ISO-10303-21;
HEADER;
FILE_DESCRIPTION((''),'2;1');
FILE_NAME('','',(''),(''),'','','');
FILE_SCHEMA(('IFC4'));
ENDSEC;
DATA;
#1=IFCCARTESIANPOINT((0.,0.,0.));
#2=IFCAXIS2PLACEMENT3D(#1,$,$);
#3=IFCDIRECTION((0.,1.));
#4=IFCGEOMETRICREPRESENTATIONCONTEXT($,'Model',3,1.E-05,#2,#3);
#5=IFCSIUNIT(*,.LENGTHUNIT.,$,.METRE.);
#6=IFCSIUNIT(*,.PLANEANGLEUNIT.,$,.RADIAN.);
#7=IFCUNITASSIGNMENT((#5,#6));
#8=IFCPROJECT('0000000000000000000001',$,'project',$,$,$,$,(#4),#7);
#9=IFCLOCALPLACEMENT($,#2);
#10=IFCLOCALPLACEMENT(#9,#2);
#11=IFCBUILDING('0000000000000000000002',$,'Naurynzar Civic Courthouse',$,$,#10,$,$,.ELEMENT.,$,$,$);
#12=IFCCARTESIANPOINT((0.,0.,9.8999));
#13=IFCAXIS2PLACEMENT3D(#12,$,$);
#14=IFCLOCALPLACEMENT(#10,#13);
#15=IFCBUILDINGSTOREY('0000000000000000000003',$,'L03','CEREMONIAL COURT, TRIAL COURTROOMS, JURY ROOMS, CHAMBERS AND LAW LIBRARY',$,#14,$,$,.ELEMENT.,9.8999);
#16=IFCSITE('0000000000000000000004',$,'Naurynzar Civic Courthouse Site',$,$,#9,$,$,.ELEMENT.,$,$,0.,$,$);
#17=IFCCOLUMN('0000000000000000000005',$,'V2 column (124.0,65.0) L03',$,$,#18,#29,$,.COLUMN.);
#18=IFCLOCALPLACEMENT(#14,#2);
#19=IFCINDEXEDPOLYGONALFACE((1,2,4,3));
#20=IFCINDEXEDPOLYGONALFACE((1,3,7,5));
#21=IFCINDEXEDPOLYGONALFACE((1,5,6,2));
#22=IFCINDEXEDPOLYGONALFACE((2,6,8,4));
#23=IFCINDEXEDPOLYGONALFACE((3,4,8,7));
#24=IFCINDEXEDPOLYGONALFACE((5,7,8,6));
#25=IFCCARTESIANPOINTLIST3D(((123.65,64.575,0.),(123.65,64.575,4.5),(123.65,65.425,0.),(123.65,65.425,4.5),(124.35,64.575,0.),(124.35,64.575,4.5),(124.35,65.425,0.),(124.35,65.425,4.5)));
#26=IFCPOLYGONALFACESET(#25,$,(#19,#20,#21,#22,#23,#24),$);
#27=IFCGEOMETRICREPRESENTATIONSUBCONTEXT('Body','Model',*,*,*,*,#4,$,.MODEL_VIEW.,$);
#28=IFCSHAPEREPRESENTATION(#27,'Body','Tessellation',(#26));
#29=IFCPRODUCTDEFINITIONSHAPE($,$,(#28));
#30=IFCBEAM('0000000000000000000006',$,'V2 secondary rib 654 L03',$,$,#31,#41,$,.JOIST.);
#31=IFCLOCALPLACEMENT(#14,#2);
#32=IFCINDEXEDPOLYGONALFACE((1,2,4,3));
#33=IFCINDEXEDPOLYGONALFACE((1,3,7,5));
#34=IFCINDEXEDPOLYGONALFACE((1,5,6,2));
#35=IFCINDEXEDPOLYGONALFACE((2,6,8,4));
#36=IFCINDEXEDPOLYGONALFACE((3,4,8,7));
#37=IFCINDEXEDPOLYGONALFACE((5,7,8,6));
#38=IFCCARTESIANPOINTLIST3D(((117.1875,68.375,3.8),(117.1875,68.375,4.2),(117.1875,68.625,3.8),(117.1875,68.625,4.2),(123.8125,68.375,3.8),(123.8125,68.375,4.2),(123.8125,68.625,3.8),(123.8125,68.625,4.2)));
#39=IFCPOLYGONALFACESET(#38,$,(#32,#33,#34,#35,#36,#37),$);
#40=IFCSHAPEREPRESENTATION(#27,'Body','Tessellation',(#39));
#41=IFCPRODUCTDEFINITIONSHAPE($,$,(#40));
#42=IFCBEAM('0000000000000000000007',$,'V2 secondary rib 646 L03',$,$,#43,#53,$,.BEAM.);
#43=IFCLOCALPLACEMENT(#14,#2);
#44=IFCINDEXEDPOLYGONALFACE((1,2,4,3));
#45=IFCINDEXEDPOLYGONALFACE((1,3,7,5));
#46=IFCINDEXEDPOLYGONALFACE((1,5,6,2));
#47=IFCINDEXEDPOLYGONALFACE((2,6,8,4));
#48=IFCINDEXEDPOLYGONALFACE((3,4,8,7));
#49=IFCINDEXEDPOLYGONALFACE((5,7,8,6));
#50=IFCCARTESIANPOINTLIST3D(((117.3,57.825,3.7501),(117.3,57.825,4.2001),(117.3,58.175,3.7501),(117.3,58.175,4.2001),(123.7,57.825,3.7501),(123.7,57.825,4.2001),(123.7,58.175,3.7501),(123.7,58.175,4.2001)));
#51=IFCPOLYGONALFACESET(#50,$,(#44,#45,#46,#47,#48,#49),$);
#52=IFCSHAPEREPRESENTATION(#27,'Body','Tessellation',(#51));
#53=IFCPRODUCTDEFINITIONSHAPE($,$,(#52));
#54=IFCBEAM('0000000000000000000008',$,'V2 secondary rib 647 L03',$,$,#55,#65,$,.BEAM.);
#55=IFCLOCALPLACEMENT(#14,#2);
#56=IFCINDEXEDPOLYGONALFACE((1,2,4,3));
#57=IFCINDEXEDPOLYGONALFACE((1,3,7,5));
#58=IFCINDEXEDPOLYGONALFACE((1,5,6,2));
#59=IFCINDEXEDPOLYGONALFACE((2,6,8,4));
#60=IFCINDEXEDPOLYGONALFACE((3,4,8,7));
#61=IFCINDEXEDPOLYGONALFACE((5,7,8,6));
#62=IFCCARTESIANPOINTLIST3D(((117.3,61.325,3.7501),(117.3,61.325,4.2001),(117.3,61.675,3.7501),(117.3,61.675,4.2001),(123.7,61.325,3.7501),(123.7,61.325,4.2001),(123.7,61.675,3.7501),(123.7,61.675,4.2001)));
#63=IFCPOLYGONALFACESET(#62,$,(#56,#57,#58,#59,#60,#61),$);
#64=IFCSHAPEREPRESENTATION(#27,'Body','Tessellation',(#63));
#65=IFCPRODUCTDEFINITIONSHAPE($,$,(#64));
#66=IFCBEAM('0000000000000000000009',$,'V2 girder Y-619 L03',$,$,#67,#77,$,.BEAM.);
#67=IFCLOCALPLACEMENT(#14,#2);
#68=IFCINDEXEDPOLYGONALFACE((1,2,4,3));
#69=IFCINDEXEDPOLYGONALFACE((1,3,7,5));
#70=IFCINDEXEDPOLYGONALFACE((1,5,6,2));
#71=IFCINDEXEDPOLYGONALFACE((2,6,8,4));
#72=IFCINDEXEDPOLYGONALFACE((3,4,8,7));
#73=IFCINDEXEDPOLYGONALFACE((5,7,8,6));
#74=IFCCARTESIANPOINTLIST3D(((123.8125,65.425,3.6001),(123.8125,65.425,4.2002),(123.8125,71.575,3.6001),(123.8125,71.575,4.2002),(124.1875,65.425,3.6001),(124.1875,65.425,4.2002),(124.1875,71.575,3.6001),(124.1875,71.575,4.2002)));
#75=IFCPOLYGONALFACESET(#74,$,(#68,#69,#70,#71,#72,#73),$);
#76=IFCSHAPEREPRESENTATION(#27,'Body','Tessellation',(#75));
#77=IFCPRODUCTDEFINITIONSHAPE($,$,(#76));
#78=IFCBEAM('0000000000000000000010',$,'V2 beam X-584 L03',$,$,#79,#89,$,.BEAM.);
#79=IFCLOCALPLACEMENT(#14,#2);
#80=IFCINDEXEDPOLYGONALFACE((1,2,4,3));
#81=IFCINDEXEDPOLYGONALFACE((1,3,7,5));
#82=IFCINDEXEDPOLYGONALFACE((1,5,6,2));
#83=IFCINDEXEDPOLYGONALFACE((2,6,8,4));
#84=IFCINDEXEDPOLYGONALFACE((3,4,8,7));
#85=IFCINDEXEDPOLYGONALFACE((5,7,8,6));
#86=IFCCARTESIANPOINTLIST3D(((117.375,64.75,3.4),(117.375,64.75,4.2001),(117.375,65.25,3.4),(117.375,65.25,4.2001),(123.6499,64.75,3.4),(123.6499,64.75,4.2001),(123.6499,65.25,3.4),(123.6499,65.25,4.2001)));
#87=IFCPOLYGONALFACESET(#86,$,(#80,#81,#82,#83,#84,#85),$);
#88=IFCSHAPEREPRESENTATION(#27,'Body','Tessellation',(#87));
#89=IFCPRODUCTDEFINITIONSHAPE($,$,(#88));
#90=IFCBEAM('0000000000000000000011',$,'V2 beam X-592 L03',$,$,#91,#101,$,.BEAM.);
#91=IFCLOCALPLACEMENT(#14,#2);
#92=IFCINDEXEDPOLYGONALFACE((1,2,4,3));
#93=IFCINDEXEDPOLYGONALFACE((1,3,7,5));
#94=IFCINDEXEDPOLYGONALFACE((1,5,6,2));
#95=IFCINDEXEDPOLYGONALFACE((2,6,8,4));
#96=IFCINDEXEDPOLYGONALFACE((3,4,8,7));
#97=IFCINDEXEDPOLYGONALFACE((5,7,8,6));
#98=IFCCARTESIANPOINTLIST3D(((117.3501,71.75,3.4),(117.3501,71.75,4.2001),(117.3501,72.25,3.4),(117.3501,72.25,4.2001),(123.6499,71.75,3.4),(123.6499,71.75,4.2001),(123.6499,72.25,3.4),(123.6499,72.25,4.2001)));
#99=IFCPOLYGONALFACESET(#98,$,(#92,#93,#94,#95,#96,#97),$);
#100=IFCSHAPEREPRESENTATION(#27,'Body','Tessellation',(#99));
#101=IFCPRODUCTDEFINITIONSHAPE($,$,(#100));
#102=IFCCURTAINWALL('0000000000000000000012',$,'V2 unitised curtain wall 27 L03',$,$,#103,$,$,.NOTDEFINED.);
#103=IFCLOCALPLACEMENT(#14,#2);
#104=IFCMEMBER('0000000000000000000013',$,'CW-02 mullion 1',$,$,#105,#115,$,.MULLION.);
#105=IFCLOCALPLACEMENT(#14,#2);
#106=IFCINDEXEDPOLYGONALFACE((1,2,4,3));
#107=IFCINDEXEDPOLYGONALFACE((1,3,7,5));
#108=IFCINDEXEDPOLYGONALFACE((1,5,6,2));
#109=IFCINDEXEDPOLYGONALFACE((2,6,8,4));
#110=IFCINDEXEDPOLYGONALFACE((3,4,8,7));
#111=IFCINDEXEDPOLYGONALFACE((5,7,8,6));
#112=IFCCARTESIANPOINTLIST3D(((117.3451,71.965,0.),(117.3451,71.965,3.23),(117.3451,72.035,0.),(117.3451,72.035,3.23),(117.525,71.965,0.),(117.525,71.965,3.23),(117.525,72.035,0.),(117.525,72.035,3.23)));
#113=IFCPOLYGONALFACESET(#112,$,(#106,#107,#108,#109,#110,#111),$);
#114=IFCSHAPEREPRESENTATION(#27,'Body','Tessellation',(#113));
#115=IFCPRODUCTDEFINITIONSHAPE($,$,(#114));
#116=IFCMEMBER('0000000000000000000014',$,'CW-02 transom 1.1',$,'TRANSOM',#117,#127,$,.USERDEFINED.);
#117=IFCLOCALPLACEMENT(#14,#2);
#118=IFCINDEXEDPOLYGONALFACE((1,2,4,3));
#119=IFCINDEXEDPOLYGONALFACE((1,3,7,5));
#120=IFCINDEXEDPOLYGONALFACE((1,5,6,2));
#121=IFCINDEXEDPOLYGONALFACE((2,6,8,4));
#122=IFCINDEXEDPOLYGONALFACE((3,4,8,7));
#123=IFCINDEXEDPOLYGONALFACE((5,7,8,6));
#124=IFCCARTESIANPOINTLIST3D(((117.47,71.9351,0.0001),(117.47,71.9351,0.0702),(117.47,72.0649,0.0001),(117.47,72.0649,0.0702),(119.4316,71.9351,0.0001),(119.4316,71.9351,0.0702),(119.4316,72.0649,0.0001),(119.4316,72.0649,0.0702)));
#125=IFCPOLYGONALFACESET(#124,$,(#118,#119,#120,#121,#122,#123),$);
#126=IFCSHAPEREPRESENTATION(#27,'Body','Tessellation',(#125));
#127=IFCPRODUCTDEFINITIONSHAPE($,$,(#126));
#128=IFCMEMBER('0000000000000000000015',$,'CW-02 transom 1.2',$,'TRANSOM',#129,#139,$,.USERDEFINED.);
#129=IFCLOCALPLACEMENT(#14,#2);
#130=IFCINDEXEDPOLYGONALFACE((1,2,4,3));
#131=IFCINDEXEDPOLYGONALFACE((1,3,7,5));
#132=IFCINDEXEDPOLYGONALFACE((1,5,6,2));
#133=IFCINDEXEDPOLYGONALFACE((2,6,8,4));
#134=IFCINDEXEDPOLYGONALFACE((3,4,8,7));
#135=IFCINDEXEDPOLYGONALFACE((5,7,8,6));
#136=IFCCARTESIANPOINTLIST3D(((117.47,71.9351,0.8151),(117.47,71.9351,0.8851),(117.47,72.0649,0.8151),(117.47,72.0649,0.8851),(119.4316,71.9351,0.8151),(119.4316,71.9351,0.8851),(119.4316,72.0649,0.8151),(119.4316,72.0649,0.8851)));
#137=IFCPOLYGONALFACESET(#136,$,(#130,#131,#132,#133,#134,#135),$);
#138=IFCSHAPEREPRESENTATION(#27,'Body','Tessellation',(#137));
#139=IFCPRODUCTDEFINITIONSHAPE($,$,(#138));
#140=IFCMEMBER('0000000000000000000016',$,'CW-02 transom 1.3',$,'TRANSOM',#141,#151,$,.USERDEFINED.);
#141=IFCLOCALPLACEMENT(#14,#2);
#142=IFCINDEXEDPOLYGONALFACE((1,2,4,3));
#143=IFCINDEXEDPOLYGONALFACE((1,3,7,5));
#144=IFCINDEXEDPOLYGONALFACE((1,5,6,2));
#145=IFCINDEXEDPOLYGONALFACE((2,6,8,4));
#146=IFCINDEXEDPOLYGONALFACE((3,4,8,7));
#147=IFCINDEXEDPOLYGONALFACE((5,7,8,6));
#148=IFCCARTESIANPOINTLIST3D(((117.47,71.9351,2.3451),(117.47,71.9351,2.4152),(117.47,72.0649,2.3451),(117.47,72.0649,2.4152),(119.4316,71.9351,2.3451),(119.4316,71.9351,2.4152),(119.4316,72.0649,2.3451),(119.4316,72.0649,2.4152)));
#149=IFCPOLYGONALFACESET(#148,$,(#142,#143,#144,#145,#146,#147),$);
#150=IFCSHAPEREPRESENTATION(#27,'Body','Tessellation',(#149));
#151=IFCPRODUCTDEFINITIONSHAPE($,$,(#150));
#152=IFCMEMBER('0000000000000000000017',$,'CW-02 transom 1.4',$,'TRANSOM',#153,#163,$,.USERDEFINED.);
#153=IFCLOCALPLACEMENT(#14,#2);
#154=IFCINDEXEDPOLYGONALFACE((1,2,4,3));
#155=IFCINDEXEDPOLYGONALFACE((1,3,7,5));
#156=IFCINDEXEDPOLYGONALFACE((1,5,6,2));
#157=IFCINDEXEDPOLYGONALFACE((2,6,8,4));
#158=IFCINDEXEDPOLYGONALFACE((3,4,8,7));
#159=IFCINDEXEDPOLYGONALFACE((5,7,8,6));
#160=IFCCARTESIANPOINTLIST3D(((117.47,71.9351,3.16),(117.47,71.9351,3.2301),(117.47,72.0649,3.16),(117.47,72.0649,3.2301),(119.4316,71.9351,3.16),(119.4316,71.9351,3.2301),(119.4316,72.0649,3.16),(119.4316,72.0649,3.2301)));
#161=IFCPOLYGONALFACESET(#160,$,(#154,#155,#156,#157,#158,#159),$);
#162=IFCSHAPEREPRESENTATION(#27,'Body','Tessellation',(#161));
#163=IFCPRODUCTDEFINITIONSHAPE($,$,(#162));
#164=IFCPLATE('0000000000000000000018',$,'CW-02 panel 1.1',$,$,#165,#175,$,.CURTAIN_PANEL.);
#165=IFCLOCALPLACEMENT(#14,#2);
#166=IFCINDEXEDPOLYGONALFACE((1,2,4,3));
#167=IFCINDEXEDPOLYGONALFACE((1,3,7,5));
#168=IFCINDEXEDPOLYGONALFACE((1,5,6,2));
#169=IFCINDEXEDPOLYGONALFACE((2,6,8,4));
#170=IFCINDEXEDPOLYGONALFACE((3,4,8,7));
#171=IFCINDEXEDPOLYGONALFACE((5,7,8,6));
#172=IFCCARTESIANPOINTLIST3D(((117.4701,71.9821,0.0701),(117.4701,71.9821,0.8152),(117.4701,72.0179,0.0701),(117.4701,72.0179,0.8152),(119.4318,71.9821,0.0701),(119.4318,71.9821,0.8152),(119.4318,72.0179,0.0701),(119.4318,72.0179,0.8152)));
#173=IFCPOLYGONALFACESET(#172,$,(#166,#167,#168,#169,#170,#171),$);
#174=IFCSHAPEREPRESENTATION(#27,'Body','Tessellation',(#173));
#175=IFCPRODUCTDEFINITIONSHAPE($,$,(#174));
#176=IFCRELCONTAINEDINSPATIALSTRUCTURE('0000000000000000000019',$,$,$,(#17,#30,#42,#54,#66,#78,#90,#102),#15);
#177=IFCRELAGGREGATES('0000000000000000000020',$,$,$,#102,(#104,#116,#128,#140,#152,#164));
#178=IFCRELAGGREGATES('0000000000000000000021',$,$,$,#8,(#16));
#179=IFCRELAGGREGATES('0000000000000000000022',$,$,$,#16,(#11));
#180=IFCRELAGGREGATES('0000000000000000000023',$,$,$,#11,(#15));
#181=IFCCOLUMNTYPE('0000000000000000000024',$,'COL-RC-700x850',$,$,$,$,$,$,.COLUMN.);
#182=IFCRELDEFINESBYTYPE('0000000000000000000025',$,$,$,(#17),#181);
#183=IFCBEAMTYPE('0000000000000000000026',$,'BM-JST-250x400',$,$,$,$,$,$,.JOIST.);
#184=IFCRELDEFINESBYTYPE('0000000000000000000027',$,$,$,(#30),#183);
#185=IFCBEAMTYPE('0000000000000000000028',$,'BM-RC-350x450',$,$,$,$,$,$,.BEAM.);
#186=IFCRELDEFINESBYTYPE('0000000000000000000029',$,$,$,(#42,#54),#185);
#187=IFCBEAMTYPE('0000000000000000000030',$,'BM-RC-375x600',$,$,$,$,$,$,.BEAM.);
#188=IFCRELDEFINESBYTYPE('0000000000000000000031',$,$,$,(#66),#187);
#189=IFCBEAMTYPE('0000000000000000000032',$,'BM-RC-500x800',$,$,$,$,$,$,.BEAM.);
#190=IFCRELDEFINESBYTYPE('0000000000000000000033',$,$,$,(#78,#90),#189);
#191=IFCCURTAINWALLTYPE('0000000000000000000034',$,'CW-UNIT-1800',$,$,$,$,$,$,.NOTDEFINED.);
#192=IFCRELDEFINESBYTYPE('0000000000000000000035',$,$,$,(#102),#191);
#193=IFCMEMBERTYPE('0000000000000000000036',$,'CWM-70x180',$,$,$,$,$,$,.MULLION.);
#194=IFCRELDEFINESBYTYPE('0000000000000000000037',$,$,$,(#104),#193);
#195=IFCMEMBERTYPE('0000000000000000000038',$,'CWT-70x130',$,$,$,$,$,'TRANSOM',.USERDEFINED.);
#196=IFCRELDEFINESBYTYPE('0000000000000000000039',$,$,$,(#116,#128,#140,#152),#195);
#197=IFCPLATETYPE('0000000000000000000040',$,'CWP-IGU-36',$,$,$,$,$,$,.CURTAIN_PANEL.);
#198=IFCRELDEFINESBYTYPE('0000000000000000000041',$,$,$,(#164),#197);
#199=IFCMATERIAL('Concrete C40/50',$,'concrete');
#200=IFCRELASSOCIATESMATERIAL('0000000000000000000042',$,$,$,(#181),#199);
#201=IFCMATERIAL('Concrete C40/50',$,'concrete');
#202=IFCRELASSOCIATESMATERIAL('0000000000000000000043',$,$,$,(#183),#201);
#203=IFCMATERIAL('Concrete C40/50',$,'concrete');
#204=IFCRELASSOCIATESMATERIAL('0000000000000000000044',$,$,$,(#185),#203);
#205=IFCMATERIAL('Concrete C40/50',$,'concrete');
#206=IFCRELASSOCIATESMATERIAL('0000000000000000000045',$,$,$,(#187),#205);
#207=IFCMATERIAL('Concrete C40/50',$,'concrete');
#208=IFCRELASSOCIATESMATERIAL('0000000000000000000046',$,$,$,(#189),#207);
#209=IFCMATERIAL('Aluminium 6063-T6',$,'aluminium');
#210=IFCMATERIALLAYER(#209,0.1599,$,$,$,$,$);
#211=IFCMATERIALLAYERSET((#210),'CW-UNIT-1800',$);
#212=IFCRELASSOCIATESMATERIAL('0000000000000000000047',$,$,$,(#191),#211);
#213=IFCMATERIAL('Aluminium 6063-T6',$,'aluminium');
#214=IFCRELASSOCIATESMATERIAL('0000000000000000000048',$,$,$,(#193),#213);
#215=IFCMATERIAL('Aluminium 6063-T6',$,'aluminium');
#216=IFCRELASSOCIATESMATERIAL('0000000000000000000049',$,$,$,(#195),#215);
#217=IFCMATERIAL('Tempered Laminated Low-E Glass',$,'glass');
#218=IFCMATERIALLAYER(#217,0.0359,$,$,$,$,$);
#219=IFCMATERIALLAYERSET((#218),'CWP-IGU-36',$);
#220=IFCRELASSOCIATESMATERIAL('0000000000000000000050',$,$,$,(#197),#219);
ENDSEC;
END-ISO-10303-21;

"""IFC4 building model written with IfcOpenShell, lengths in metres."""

from ifc_helpers import new_model, si_unit, direction, frame, origin, origin_2d, place, context, subcontext, project, spatial, rectangle, extrude, material, layer, layer_set, material_profile, profile_set, type_object, element, aggregate, save


model = new_model("IFC4")

# Units and contexts
model_context = context("Model", 3, precision=1e-05, world=origin(), true_north=direction((0.0, 1.0)))
body_context = subcontext(model_context, "Body", "Model", "MODEL_VIEW")
ifc_project = project(units=[si_unit("LENGTHUNIT", "METRE"), si_unit("PLANEANGLEUNIT", "RADIAN")], contexts=[model_context])

# Site, building, storey
site_placement = place(None, origin())
site = spatial("IfcSite", under=ifc_project, at=site_placement, Name="Naurynzar Civic Courthouse Site", CompositionType="ELEMENT", RefElevation=0.0)
building_placement = place(site_placement, origin())
building = spatial("IfcBuilding", under=site, at=building_placement, Name="Naurynzar Civic Courthouse", CompositionType="ELEMENT")
storey_placement = place(building_placement, frame((0.0, 0.0, 9.8999)))
storey = spatial("IfcBuildingStorey", under=building, at=storey_placement, Name="L03", Description="CEREMONIAL COURT, TRIAL COURTROOMS, JURY ROOMS, CHAMBERS AND LAW LIBRARY", CompositionType="ELEMENT", Elevation=9.8999)

# Column
ifc_material_1 = material(Name="Concrete C40/50", Category="concrete")
ifc_material_profile_1 = material_profile(ifc_material_1, rectangle(XDim=0.7, YDim=0.8501, at=origin_2d()), Name="RC 700x850")
ifc_profile_set_1 = profile_set([ifc_material_profile_1], Name="Concrete C40/50")
column_type = type_object("IfcColumnType", Name="COL-RC-700x850", PredefinedType="COLUMN", material=ifc_profile_set_1)
column_placement = place(storey_placement, frame((124.0, 65.0, 0.0), z_axis=(0.0, 0.0, 1.0), x_axis=(1.0, 0.0, 0.0)))
element("IfcColumn", 1, at=column_placement, inside=storey, type_object=column_type, Name="V2 column (124.0,65.0) L03", PredefinedType="COLUMN", context=body_context, shape_type="SweptSolid", body=[
    extrude(rectangle(XDim=0.7, YDim=0.8501, at=origin_2d()), origin(), (0.0, 0.0, 1.0), 4.5),
])

# Beams
ifc_material_2 = material(Name="Concrete C40/50", Category="concrete")
ifc_material_profile_2 = material_profile(ifc_material_2, rectangle(XDim=0.25, YDim=0.3999, at=origin_2d()), Name="RCB 250x400")
ifc_profile_set_2 = profile_set([ifc_material_profile_2], Name="Concrete C40/50")
beam_type_1 = type_object("IfcBeamType", Name="BM-JST-250x400", PredefinedType="JOIST", material=ifc_profile_set_2)
beam_1_placement = place(storey_placement, frame((117.1875, 68.5, 4.0), z_axis=(1.0, 0.0, 0.0), x_axis=(0.0, 1.0, 0.0)))
element("IfcBeam", 2, at=beam_1_placement, inside=storey, type_object=beam_type_1, Name="V2 secondary rib 654 L03", PredefinedType="JOIST", context=body_context, shape_type="SweptSolid", body=[
    extrude(rectangle(XDim=0.25, YDim=0.3999, at=origin_2d()), origin(), (0.0, 0.0, 1.0), 6.625),
])
ifc_material_3 = material(Name="Concrete C40/50", Category="concrete")
ifc_material_profile_3 = material_profile(ifc_material_3, rectangle(XDim=0.3501, YDim=0.45, at=origin_2d()), Name="RCB 350x450")
ifc_profile_set_3 = profile_set([ifc_material_profile_3], Name="Concrete C40/50")
beam_type_2 = type_object("IfcBeamType", Name="BM-RC-350x450", PredefinedType="BEAM", material=ifc_profile_set_3)
for number, where, z_axis, x_axis, name in (
    (3, (117.3, 58.0, 3.9751), (1.0, 0.0, 0.0), (0.0, 1.0, 0.0), "V2 secondary rib 646 L03"),
    (4, (117.3, 61.5, 3.9751), (1.0, 0.0, 0.0), (0.0, 1.0, 0.0), "V2 secondary rib 647 L03"),
):
    element("IfcBeam", number, at=place(storey_placement, frame(where, z_axis=z_axis, x_axis=x_axis)), inside=storey, type_object=beam_type_2, Name=name, PredefinedType="BEAM", context=body_context, shape_type="SweptSolid", body=[
        extrude(rectangle(XDim=0.3501, YDim=0.45, at=origin_2d()), origin(), (0.0, 0.0, 1.0), 6.3999),
    ])
ifc_material_4 = material(Name="Concrete C40/50", Category="concrete")
ifc_material_profile_4 = material_profile(ifc_material_4, rectangle(XDim=0.375, YDim=0.6001, at=origin_2d()), Name="RCB 375x600")
ifc_profile_set_4 = profile_set([ifc_material_profile_4], Name="Concrete C40/50")
beam_type_3 = type_object("IfcBeamType", Name="BM-RC-375x600", PredefinedType="BEAM", material=ifc_profile_set_4)
beam_2_placement = place(storey_placement, frame((124.0, 65.425, 3.9001), z_axis=(0.0, 1.0, 0.0), x_axis=(-1.0, 0.0, 0.0)))
element("IfcBeam", 5, at=beam_2_placement, inside=storey, type_object=beam_type_3, Name="V2 girder Y-619 L03", PredefinedType="BEAM", context=body_context, shape_type="SweptSolid", body=[
    extrude(rectangle(XDim=0.375, YDim=0.6001, at=origin_2d()), origin(), (0.0, 0.0, 1.0), 6.1499),
])
ifc_material_5 = material(Name="Concrete C40/50", Category="concrete")
ifc_material_profile_5 = material_profile(ifc_material_5, rectangle(XDim=0.5, YDim=0.8, at=origin_2d()), Name="RCB 500x800")
ifc_profile_set_5 = profile_set([ifc_material_profile_5], Name="Concrete C40/50")
beam_type_4 = type_object("IfcBeamType", Name="BM-RC-500x800", PredefinedType="BEAM", material=ifc_profile_set_5)
beam_3_placement = place(storey_placement, frame((117.375, 65.0, 3.8), z_axis=(1.0, 0.0, 0.0), x_axis=(0.0, 1.0, 0.0)))
element("IfcBeam", 6, at=beam_3_placement, inside=storey, type_object=beam_type_4, Name="V2 beam X-584 L03", PredefinedType="BEAM", context=body_context, shape_type="SweptSolid", body=[
    extrude(rectangle(XDim=0.5, YDim=0.8, at=origin_2d()), origin(), (0.0, 0.0, 1.0), 6.2749),
])
beam_4_placement = place(storey_placement, frame((117.3501, 72.0, 3.8), z_axis=(1.0, 0.0, 0.0), x_axis=(0.0, 1.0, 0.0)))
element("IfcBeam", 7, at=beam_4_placement, inside=storey, type_object=beam_type_4, Name="V2 beam X-592 L03", PredefinedType="BEAM", context=body_context, shape_type="SweptSolid", body=[
    extrude(rectangle(XDim=0.5, YDim=0.8, at=origin_2d()), origin(), (0.0, 0.0, 1.0), 6.2998),
])

# Curtain wall, members, plate
ifc_material_6 = material(Name="Aluminium 6063-T6", Category="aluminium")
ifc_layer_1 = layer(ifc_material_6, 0.1599)
ifc_layer_set_1 = layer_set([ifc_layer_1], Name="CW-UNIT-1800")
curtain_wall_type = type_object("IfcCurtainWallType", Name="CW-UNIT-1800", PredefinedType="NOTDEFINED", material=ifc_layer_set_1)
curtain_wall_placement = place(storey_placement, origin())
curtain_wall = element("IfcCurtainWall", 8, at=curtain_wall_placement, inside=storey, type_object=curtain_wall_type, Name="V2 unitised curtain wall 27 L03", PredefinedType="NOTDEFINED")
ifc_material_7 = material(Name="Aluminium 6063-T6", Category="aluminium")
ifc_material_profile_6 = material_profile(ifc_material_7, rectangle(XDim=0.0701, YDim=0.1799, at=origin_2d()), Name="ALU MULLION 70x180")
ifc_profile_set_6 = profile_set([ifc_material_profile_6], Name="Aluminium 6063-T6")
member_type_1 = type_object("IfcMemberType", Name="CWM-70x180", PredefinedType="MULLION", material=ifc_profile_set_6)
member_1_placement = place(storey_placement, frame((117.4351, 72.0, 0.0), z_axis=(0.0, 0.0, 1.0), x_axis=(0.0, 1.0, 0.0)))
member_1 = element("IfcMember", 9, at=member_1_placement, type_object=member_type_1, Name="CW-02 mullion 1", PredefinedType="MULLION", context=body_context, shape_type="SweptSolid", body=[
    extrude(rectangle(XDim=0.0701, YDim=0.1799, at=origin_2d()), origin(), (0.0, 0.0, 1.0), 3.23),
])
ifc_material_8 = material(Name="Aluminium 6063-T6", Category="aluminium")
ifc_material_profile_7 = material_profile(ifc_material_8, rectangle(XDim=0.1299, YDim=0.0701, at=origin_2d()), Name="ALU TRANSOM 70x130")
ifc_profile_set_7 = profile_set([ifc_material_profile_7], Name="Aluminium 6063-T6")
member_type_2 = type_object("IfcMemberType", Name="CWT-70x130", ElementType="TRANSOM", PredefinedType="USERDEFINED", material=ifc_profile_set_7)
member_2_placement = place(storey_placement, frame((117.47, 72.0, 0.0352), z_axis=(1.0, 0.0, 0.0), x_axis=(0.0, 1.0, 0.0)))
member_2 = element("IfcMember", 10, at=member_2_placement, type_object=member_type_2, Name="CW-02 transom 1.1", ObjectType="TRANSOM", PredefinedType="USERDEFINED", context=body_context, shape_type="SweptSolid", body=[
    extrude(rectangle(XDim=0.1299, YDim=0.0701, at=origin_2d()), origin(), (0.0, 0.0, 1.0), 1.9617),
])
member_3_placement = place(storey_placement, frame((117.47, 72.0, 0.8501), z_axis=(1.0, 0.0, 0.0), x_axis=(0.0, 1.0, 0.0)))
member_3 = element("IfcMember", 11, at=member_3_placement, type_object=member_type_2, Name="CW-02 transom 1.2", ObjectType="TRANSOM", PredefinedType="USERDEFINED", context=body_context, shape_type="SweptSolid", body=[
    extrude(rectangle(XDim=0.1299, YDim=0.0701, at=origin_2d()), origin(), (0.0, 0.0, 1.0), 1.9617),
])
member_4_placement = place(storey_placement, frame((117.47, 72.0, 2.3801), z_axis=(1.0, 0.0, 0.0), x_axis=(0.0, 1.0, 0.0)))
member_4 = element("IfcMember", 12, at=member_4_placement, type_object=member_type_2, Name="CW-02 transom 1.3", ObjectType="TRANSOM", PredefinedType="USERDEFINED", context=body_context, shape_type="SweptSolid", body=[
    extrude(rectangle(XDim=0.1299, YDim=0.0701, at=origin_2d()), origin(), (0.0, 0.0, 1.0), 1.9617),
])
member_5_placement = place(storey_placement, frame((117.47, 72.0, 3.1951), z_axis=(1.0, 0.0, 0.0), x_axis=(0.0, 1.0, 0.0)))
member_5 = element("IfcMember", 13, at=member_5_placement, type_object=member_type_2, Name="CW-02 transom 1.4", ObjectType="TRANSOM", PredefinedType="USERDEFINED", context=body_context, shape_type="SweptSolid", body=[
    extrude(rectangle(XDim=0.1299, YDim=0.0701, at=origin_2d()), origin(), (0.0, 0.0, 1.0), 1.9617),
])
ifc_material_9 = material(Name="Tempered Laminated Low-E Glass", Category="glass")
ifc_layer_2 = layer(ifc_material_9, 0.0359)
ifc_layer_set_2 = layer_set([ifc_layer_2], Name="CWP-IGU-36")
plate_type = type_object("IfcPlateType", Name="CWP-IGU-36", PredefinedType="CURTAIN_PANEL", material=ifc_layer_set_2)
plate_1_placement = place(storey_placement, frame((118.4509, 72.0, 0.0701), z_axis=(0.0, 0.0, 1.0), x_axis=(1.0, 0.0, 0.0)))
plate_1 = element("IfcPlate", 14, at=plate_1_placement, type_object=plate_type, Name="CW-02 panel 1.1", PredefinedType="CURTAIN_PANEL", context=body_context, shape_type="SweptSolid", body=[
    extrude(rectangle(XDim=1.9617, YDim=0.0359, at=origin_2d()), origin(), (0.0, 0.0, 1.0), 0.7451),
])
aggregate(curtain_wall, [member_1, member_2, member_3, member_4, member_5, plate_1])

save(model, "model.ifc")
